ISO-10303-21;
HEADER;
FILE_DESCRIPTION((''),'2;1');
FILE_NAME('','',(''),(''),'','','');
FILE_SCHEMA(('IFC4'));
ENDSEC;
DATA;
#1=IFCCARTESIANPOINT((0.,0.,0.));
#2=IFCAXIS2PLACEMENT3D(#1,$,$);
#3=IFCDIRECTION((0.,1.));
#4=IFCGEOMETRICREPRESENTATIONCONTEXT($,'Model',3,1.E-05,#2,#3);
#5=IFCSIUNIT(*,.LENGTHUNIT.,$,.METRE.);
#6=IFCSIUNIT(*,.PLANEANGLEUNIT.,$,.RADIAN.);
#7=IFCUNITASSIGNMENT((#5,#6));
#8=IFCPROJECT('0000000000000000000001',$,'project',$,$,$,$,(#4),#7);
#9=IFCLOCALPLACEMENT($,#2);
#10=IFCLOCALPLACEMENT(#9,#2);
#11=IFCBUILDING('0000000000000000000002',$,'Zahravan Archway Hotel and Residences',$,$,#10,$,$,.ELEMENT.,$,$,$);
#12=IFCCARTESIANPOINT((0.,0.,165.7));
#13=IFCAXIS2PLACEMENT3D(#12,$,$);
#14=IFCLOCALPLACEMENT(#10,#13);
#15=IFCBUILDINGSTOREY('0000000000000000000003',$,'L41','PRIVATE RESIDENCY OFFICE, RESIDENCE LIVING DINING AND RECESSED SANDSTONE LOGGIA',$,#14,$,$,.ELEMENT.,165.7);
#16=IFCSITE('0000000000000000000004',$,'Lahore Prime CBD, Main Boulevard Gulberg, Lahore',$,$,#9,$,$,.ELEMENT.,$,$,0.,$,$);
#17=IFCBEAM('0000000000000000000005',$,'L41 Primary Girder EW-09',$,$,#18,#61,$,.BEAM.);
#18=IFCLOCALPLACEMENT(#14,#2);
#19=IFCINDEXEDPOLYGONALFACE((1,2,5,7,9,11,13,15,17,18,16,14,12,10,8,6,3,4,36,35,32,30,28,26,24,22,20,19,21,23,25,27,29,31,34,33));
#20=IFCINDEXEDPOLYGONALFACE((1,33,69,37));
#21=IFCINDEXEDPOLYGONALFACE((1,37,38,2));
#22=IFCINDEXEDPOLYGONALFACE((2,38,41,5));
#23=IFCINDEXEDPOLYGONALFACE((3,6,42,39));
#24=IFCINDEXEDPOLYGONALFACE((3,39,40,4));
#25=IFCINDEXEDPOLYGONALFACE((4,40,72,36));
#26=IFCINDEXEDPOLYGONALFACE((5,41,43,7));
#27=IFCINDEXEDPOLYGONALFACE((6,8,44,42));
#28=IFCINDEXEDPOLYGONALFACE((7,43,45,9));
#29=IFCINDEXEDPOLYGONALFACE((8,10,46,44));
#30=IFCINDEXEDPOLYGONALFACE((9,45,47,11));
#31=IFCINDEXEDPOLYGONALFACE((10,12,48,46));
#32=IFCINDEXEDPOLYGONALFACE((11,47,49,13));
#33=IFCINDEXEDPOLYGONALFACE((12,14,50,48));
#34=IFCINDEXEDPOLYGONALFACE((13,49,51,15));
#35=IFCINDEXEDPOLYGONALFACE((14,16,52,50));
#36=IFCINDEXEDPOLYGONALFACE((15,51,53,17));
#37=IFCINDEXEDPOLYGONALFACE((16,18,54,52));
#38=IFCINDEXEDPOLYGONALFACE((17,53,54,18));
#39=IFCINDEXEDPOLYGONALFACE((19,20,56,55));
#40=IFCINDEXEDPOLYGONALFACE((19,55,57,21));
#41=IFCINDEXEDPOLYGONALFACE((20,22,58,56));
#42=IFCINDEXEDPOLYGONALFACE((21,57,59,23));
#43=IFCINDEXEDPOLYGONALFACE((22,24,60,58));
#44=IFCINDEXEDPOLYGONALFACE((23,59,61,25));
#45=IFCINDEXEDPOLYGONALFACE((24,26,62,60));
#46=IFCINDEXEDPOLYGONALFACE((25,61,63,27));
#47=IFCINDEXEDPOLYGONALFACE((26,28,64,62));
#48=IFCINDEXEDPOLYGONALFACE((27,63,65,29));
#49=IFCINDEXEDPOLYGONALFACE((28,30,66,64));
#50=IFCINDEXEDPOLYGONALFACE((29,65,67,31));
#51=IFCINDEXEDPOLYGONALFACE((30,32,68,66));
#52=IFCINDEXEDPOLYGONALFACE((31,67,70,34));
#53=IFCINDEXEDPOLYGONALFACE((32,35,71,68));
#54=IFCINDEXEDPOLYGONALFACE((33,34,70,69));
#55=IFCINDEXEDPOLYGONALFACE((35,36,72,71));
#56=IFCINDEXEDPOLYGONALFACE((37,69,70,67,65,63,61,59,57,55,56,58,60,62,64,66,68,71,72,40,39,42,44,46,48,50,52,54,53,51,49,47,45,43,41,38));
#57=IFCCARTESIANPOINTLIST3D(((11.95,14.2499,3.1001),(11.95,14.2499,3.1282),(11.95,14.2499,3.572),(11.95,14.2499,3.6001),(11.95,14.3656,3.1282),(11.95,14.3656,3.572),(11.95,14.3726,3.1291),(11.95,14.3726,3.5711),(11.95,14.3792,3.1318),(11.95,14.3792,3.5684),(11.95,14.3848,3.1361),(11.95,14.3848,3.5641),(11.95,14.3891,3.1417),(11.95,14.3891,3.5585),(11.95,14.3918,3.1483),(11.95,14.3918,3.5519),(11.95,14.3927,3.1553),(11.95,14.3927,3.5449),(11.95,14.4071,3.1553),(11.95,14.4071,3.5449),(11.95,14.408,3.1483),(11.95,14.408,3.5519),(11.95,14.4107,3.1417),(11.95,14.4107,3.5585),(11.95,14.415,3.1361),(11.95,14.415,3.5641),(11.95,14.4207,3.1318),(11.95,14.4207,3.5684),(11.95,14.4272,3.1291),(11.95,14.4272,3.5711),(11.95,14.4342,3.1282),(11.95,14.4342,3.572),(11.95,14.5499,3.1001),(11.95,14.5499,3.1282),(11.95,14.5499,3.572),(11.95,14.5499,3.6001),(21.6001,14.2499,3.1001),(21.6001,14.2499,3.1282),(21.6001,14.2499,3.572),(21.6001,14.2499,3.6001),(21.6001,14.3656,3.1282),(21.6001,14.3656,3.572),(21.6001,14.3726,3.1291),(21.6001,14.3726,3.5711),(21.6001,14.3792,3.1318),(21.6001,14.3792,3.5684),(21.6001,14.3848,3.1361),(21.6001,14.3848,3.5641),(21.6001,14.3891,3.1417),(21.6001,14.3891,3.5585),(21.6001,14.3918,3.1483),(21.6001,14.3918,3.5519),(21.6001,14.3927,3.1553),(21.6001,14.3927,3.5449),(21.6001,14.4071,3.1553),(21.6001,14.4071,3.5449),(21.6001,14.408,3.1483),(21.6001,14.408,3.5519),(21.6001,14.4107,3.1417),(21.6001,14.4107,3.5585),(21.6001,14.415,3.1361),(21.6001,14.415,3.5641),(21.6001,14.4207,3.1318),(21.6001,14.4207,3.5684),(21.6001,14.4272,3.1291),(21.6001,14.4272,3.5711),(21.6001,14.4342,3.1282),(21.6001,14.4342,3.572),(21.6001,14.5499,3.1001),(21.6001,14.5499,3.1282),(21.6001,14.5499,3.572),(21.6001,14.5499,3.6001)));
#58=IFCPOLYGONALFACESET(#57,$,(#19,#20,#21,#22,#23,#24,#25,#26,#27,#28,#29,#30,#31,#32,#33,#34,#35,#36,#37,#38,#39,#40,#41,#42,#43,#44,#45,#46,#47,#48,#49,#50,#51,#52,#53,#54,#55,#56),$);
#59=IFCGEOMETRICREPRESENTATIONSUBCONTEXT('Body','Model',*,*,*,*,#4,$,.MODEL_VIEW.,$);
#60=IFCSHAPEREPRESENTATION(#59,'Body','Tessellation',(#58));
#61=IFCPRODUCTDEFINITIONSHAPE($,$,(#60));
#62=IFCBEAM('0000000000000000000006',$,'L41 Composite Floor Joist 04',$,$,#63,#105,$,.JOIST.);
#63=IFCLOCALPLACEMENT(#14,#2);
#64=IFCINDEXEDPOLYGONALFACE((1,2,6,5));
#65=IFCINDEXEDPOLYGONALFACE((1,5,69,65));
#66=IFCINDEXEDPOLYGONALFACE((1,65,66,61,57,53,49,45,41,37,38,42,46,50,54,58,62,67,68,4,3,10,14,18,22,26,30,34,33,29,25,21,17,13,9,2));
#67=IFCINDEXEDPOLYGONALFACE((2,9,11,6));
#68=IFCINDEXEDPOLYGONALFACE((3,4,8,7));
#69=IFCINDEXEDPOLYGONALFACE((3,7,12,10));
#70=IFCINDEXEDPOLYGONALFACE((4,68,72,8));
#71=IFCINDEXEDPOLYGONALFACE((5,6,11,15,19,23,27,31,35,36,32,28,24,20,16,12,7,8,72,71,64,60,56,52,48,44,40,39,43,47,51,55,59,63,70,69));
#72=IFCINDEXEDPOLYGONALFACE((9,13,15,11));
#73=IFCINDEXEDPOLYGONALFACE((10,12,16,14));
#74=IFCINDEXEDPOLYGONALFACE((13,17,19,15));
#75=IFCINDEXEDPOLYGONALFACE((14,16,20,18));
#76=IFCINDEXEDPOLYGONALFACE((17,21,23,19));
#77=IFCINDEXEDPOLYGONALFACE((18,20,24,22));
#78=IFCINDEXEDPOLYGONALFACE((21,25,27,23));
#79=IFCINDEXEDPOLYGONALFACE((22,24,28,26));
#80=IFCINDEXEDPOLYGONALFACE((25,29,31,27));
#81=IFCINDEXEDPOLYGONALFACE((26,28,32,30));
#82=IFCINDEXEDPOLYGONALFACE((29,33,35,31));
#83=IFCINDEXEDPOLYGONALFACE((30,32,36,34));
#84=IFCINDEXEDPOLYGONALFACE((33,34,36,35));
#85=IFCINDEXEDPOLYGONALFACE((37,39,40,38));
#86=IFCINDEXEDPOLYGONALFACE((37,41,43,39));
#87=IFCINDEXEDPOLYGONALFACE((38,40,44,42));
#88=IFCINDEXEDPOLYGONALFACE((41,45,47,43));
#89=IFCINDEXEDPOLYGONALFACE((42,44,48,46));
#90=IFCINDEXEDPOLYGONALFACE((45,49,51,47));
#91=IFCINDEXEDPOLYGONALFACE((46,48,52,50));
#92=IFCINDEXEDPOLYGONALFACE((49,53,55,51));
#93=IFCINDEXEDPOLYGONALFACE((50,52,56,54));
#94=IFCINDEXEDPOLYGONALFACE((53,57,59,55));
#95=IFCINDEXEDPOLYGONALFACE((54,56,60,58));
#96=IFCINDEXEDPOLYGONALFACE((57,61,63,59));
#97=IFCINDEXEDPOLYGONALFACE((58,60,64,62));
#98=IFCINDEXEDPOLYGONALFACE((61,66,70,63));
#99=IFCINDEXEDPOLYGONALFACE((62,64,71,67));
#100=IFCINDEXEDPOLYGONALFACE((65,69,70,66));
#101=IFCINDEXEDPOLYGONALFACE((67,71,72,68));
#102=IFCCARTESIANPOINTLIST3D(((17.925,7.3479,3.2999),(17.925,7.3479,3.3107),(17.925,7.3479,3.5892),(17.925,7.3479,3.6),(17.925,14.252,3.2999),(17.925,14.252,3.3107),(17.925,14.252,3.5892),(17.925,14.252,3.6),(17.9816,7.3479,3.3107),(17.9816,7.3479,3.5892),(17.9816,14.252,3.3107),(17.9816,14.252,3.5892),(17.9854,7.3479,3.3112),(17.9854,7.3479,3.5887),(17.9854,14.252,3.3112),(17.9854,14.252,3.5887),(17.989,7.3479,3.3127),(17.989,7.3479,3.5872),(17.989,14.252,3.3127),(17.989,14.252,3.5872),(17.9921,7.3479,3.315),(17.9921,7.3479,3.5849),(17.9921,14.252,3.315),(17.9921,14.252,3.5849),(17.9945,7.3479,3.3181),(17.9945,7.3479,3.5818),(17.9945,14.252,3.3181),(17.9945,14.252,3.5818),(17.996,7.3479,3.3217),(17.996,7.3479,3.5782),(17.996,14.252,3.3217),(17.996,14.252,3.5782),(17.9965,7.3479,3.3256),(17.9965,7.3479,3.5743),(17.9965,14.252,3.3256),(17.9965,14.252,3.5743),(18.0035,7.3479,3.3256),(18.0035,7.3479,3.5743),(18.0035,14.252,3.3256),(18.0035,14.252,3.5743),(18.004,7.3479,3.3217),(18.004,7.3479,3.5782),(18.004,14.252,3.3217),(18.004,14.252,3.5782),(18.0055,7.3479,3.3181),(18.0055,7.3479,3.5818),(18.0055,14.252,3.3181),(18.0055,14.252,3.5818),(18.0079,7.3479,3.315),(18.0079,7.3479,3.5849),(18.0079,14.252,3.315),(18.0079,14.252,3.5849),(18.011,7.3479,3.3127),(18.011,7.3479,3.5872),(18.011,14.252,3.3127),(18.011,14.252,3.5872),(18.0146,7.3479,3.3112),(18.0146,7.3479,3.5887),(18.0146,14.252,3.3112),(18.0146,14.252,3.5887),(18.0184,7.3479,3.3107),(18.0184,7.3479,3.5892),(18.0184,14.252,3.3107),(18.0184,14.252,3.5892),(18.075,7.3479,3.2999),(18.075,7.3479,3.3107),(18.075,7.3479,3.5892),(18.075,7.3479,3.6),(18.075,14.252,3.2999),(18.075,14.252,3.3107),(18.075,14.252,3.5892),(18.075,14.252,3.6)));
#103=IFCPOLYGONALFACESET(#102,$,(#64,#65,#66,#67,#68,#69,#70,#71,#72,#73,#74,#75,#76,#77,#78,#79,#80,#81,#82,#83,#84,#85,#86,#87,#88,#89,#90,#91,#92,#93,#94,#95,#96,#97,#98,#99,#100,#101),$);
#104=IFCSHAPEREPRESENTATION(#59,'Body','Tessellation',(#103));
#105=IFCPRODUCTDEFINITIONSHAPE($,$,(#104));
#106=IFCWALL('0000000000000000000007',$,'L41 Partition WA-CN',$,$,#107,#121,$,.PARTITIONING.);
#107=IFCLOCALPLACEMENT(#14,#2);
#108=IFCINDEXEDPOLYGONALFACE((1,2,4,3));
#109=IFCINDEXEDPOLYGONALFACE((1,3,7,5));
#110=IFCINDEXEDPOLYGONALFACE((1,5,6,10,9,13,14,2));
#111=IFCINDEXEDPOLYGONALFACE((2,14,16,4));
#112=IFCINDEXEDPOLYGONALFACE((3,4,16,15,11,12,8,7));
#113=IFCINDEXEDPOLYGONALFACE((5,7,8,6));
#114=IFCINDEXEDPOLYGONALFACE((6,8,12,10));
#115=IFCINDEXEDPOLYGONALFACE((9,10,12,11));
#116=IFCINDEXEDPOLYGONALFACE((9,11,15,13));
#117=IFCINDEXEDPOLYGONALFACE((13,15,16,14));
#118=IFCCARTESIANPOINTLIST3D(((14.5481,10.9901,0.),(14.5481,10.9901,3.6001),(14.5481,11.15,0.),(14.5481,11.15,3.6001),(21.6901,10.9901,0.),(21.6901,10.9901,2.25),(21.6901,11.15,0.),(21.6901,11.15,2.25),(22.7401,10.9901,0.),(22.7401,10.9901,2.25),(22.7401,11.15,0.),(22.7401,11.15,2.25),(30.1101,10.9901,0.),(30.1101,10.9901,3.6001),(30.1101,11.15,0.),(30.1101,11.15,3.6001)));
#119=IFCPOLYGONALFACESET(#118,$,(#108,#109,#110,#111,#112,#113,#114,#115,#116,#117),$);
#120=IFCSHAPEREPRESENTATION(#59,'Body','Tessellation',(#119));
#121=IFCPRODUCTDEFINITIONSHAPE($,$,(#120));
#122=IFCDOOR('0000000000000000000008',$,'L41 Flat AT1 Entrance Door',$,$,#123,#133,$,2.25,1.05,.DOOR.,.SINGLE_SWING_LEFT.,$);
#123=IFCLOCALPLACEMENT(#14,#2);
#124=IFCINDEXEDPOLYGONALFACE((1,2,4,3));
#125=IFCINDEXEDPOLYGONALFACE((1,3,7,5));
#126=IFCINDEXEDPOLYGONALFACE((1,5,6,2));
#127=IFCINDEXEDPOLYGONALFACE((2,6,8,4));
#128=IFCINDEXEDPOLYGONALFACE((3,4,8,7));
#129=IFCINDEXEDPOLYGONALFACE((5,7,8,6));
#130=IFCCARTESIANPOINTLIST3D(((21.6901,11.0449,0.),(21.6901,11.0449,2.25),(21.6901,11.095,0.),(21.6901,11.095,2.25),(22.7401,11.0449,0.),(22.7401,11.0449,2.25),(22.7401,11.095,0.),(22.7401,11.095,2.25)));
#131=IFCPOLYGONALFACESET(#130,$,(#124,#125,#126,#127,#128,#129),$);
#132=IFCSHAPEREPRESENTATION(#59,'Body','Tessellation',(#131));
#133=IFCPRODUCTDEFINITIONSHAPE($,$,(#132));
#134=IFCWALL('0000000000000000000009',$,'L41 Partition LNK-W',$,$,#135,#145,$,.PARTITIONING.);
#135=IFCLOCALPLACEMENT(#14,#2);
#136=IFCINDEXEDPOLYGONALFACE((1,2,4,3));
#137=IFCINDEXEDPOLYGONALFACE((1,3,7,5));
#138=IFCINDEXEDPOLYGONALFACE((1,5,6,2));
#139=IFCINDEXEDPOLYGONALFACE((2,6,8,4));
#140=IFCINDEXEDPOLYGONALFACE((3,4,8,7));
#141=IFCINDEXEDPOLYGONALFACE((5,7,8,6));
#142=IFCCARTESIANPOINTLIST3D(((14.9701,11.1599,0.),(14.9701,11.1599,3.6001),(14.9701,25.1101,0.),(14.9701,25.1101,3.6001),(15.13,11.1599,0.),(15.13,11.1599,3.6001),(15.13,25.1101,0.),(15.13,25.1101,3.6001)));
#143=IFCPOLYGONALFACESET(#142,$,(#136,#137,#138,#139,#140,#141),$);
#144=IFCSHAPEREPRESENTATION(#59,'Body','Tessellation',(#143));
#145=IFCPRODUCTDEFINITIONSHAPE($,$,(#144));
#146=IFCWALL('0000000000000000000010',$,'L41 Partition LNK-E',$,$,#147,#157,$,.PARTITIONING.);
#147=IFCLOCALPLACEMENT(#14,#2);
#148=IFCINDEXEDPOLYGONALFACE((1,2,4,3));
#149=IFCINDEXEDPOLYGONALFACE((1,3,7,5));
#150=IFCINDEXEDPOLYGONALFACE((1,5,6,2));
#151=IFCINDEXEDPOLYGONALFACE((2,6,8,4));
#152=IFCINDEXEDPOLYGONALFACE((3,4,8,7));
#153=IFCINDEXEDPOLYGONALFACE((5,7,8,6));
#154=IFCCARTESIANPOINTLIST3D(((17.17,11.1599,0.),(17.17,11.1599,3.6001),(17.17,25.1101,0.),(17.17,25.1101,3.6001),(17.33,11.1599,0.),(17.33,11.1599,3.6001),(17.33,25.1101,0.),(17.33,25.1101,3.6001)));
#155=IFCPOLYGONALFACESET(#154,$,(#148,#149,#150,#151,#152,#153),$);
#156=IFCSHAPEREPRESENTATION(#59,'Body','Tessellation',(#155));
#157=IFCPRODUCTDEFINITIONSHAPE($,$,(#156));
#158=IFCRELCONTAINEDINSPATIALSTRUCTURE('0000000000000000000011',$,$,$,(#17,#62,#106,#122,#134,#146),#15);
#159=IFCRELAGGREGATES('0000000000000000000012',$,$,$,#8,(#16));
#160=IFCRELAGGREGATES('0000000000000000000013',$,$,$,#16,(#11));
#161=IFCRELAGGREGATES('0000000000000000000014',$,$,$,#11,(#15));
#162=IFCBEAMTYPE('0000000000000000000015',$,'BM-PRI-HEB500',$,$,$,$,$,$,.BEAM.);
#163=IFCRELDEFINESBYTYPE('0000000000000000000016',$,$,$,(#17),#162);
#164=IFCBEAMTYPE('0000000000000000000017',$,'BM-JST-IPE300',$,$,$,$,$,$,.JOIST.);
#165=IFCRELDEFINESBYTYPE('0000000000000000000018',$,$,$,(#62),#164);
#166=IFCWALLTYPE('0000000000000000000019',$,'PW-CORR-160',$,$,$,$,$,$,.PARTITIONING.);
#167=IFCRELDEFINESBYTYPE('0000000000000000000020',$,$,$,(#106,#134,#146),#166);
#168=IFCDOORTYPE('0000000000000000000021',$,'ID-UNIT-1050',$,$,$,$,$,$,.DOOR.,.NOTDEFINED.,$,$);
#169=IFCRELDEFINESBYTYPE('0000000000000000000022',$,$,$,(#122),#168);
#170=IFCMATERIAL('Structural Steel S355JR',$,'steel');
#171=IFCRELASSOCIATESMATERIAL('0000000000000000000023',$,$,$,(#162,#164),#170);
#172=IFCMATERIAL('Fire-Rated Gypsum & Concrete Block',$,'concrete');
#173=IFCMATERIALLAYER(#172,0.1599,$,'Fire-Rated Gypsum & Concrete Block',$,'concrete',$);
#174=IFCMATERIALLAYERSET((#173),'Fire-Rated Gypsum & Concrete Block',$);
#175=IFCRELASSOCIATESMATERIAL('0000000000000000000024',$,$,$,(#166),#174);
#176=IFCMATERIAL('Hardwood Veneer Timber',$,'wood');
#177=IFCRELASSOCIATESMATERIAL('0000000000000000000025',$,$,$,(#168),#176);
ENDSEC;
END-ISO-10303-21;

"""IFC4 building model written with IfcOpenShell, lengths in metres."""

from ifc_helpers import new_model, si_unit, direction, frame, frame_2d, origin, origin_2d, place, context, subcontext, project, spatial, rectangle, i_section, extrude, source, transform, mapped, material, layer, layer_set, material_profile, profile_set, type_object, type_shapes, element, fill, save


model = new_model("IFC4")

# Units and contexts
model_context = context("Model", 3, precision=1e-05, world=origin(), true_north=direction((0.0, 1.0)))
body_context = subcontext(model_context, "Body", "Model", "MODEL_VIEW")
ifc_project = project(units=[si_unit("LENGTHUNIT", "METRE"), si_unit("PLANEANGLEUNIT", "RADIAN")], contexts=[model_context])

# Site, building, storey
site_placement = place(None, origin())
site = spatial("IfcSite", under=ifc_project, at=site_placement, Name="Lahore Prime CBD, Main Boulevard Gulberg, Lahore", CompositionType="ELEMENT", RefElevation=0.0)
building_placement = place(site_placement, origin())
building = spatial("IfcBuilding", under=site, at=building_placement, Name="Zahravan Archway Hotel and Residences", CompositionType="ELEMENT")
storey_placement = place(building_placement, frame((0.0, 0.0, 165.7)))
storey = spatial("IfcBuildingStorey", under=building, at=storey_placement, Name="L41", Description="PRIVATE RESIDENCY OFFICE, RESIDENCE LIVING DINING AND RECESSED SANDSTONE LOGGIA", CompositionType="ELEMENT", Elevation=165.7)

# Beams
ifc_material_1 = material(Name="Structural Steel S355JR", Category="steel")
ifc_material_profile_1 = material_profile(ifc_material_1, i_section(OverallWidth=0.3, OverallDepth=0.5, WebThickness=0.0144, FlangeThickness=0.0281, FilletRadius=0.0271, at=origin_2d()), Name="HEB 500", Category="steel")
ifc_profile_set_1 = profile_set([ifc_material_profile_1], Name="Structural Steel S355JR")
beam_type_1 = type_object("IfcBeamType", Name="BM-PRI-HEB500", PredefinedType="BEAM", material=ifc_profile_set_1)
shared_shape_1 = source(origin(), body_context, "Body", "SweptSolid", [
    extrude(i_section(OverallWidth=0.3, OverallDepth=0.5, WebThickness=0.0144, FlangeThickness=0.0281, FilletRadius=0.0271, at=origin_2d()), origin(), (0.0, 0.0, 1.0), 9.6501),
])
beam_1_placement = place(storey_placement, frame((11.95, 14.3999, 3.3501), z_axis=(1.0, 0.0, 0.0), x_axis=(0.0, 1.0, 0.0)))
element("IfcBeam", 1, at=beam_1_placement, inside=storey, type_object=beam_type_1, Name="L41 Primary Girder EW-09", PredefinedType="BEAM", context=body_context, shape_type="MappedRepresentation", body=[
    mapped(shared_shape_1, transform((0.0, 0.0, 0.0), scale=1.0)),
])
ifc_material_profile_2 = material_profile(ifc_material_1, i_section(OverallWidth=0.1499, OverallDepth=0.3, WebThickness=0.0071, FlangeThickness=0.0107, FilletRadius=0.0149, at=origin_2d()), Name="IPE 300", Category="steel")
ifc_profile_set_2 = profile_set([ifc_material_profile_2], Name="Structural Steel S355JR")
beam_type_2 = type_object("IfcBeamType", Name="BM-JST-IPE300", PredefinedType="JOIST", material=ifc_profile_set_2)
shared_shape_2 = source(origin(), body_context, "Body", "SweptSolid", [
    extrude(i_section(OverallWidth=0.1499, OverallDepth=0.3, WebThickness=0.0071, FlangeThickness=0.0107, FilletRadius=0.0149, at=origin_2d()), origin(), (0.0, 0.0, 1.0), 6.9041),
])
type_shapes(beam_type_2, [shared_shape_2])
beam_2_placement = place(storey_placement, frame((18.0, 7.3479, 3.45), z_axis=(0.0, 1.0, 0.0), x_axis=(-1.0, 0.0, 0.0)))
element("IfcBeam", 2, at=beam_2_placement, inside=storey, type_object=beam_type_2, Name="L41 Composite Floor Joist 04", PredefinedType="JOIST", context=body_context, shape_type="MappedRepresentation", body=[
    mapped(shared_shape_2, transform((0.0, 0.0, 0.0), scale=1.0)),
])

# Wall, opening, door
ifc_material_2 = material(Name="Fire-Rated Gypsum & Concrete Block", Category="concrete")
ifc_layer_1 = layer(ifc_material_2, 0.1599, Name="Fire-Rated Gypsum & Concrete Block", Category="concrete")
ifc_layer_set_1 = layer_set([ifc_layer_1], Name="Fire-Rated Gypsum & Concrete Block")
wall_type_1 = type_object("IfcWallType", Name="PW-CORR-160", PredefinedType="PARTITIONING", material=ifc_layer_set_1)
wall_1_placement = place(storey_placement, frame((14.5481, 11.0701, 0.0), z_axis=(0.0, 0.0, 1.0), x_axis=(1.0, 0.0, 0.0)))
wall_1 = element("IfcWall", 3, at=wall_1_placement, inside=storey, type_object=wall_type_1, Name="L41 Partition WA-CN", PredefinedType="PARTITIONING", context=body_context, shape_type="SweptSolid", body=[
    extrude(rectangle(XDim=15.562, YDim=0.1599, at=frame_2d((7.781, 0.0))), origin(), (0.0, 0.0, 1.0), 3.6001),
])
opening_1_placement = place(wall_1_placement, frame((7.1421, 0.0, 0.0)))
opening_1 = element("IfcOpeningElement", 4, at=opening_1_placement, cuts=wall_1, PredefinedType="OPENING", context=body_context, shape_type="SweptSolid", body=[
    extrude(rectangle(XDim=1.05, YDim=2.25, at=frame_2d((0.5249, 1.125))), frame((0.0, 0.0898, 0.0), z_axis=(0.0, -1.0, 0.0), x_axis=(1.0, 0.0, 0.0)), (0.0, 0.0, 1.0), 0.1799),
])
ifc_material_3 = material(Name="Hardwood Veneer Timber", Category="wood")
door_type_1 = type_object("IfcDoorType", Name="ID-UNIT-1050", OperationType="NOTDEFINED", PredefinedType="DOOR", material=ifc_material_3)
shared_shape_3 = source(origin(), body_context, "Body", "SweptSolid", [
    extrude(rectangle(XDim=1.05, YDim=2.25, at=frame_2d((0.5249, 1.125))), frame((0.0, 0.0249, 0.0), z_axis=(0.0, -1.0, 0.0), x_axis=(1.0, 0.0, 0.0)), (0.0, 0.0, 1.0), 0.05),
])
type_shapes(door_type_1, [shared_shape_3])
door_1_placement = place(opening_1_placement, origin())
door_1 = element("IfcDoor", 5, at=door_1_placement, inside=storey, type_object=door_type_1, Name="L41 Flat AT1 Entrance Door", OperationType="SINGLE_SWING_LEFT", OverallHeight=2.25, OverallWidth=1.05, PredefinedType="DOOR", context=body_context, shape_type="MappedRepresentation", body=[
    mapped(shared_shape_3, transform((0.0, 0.0, 0.0), scale=1.0)),
])
fill(opening_1, door_1)

# Walls
for number, where, z_axis, x_axis, name in (
    (6, (15.05, 11.1599, 0.0), (0.0, 0.0, 1.0), (0.0, 1.0, 0.0), "L41 Partition LNK-W"),
    (7, (17.25, 11.1599, 0.0), (0.0, 0.0, 1.0), (0.0, 1.0, 0.0), "L41 Partition LNK-E"),
):
    element("IfcWall", number, at=place(storey_placement, frame(where, z_axis=z_axis, x_axis=x_axis)), inside=storey, type_object=wall_type_1, Name=name, PredefinedType="PARTITIONING", context=body_context, shape_type="SweptSolid", body=[
        extrude(rectangle(XDim=13.9502, YDim=0.1599, at=frame_2d((6.9751, 0.0))), origin(), (0.0, 0.0, 1.0), 3.6001),
    ])

save(model, "model.ifc")
